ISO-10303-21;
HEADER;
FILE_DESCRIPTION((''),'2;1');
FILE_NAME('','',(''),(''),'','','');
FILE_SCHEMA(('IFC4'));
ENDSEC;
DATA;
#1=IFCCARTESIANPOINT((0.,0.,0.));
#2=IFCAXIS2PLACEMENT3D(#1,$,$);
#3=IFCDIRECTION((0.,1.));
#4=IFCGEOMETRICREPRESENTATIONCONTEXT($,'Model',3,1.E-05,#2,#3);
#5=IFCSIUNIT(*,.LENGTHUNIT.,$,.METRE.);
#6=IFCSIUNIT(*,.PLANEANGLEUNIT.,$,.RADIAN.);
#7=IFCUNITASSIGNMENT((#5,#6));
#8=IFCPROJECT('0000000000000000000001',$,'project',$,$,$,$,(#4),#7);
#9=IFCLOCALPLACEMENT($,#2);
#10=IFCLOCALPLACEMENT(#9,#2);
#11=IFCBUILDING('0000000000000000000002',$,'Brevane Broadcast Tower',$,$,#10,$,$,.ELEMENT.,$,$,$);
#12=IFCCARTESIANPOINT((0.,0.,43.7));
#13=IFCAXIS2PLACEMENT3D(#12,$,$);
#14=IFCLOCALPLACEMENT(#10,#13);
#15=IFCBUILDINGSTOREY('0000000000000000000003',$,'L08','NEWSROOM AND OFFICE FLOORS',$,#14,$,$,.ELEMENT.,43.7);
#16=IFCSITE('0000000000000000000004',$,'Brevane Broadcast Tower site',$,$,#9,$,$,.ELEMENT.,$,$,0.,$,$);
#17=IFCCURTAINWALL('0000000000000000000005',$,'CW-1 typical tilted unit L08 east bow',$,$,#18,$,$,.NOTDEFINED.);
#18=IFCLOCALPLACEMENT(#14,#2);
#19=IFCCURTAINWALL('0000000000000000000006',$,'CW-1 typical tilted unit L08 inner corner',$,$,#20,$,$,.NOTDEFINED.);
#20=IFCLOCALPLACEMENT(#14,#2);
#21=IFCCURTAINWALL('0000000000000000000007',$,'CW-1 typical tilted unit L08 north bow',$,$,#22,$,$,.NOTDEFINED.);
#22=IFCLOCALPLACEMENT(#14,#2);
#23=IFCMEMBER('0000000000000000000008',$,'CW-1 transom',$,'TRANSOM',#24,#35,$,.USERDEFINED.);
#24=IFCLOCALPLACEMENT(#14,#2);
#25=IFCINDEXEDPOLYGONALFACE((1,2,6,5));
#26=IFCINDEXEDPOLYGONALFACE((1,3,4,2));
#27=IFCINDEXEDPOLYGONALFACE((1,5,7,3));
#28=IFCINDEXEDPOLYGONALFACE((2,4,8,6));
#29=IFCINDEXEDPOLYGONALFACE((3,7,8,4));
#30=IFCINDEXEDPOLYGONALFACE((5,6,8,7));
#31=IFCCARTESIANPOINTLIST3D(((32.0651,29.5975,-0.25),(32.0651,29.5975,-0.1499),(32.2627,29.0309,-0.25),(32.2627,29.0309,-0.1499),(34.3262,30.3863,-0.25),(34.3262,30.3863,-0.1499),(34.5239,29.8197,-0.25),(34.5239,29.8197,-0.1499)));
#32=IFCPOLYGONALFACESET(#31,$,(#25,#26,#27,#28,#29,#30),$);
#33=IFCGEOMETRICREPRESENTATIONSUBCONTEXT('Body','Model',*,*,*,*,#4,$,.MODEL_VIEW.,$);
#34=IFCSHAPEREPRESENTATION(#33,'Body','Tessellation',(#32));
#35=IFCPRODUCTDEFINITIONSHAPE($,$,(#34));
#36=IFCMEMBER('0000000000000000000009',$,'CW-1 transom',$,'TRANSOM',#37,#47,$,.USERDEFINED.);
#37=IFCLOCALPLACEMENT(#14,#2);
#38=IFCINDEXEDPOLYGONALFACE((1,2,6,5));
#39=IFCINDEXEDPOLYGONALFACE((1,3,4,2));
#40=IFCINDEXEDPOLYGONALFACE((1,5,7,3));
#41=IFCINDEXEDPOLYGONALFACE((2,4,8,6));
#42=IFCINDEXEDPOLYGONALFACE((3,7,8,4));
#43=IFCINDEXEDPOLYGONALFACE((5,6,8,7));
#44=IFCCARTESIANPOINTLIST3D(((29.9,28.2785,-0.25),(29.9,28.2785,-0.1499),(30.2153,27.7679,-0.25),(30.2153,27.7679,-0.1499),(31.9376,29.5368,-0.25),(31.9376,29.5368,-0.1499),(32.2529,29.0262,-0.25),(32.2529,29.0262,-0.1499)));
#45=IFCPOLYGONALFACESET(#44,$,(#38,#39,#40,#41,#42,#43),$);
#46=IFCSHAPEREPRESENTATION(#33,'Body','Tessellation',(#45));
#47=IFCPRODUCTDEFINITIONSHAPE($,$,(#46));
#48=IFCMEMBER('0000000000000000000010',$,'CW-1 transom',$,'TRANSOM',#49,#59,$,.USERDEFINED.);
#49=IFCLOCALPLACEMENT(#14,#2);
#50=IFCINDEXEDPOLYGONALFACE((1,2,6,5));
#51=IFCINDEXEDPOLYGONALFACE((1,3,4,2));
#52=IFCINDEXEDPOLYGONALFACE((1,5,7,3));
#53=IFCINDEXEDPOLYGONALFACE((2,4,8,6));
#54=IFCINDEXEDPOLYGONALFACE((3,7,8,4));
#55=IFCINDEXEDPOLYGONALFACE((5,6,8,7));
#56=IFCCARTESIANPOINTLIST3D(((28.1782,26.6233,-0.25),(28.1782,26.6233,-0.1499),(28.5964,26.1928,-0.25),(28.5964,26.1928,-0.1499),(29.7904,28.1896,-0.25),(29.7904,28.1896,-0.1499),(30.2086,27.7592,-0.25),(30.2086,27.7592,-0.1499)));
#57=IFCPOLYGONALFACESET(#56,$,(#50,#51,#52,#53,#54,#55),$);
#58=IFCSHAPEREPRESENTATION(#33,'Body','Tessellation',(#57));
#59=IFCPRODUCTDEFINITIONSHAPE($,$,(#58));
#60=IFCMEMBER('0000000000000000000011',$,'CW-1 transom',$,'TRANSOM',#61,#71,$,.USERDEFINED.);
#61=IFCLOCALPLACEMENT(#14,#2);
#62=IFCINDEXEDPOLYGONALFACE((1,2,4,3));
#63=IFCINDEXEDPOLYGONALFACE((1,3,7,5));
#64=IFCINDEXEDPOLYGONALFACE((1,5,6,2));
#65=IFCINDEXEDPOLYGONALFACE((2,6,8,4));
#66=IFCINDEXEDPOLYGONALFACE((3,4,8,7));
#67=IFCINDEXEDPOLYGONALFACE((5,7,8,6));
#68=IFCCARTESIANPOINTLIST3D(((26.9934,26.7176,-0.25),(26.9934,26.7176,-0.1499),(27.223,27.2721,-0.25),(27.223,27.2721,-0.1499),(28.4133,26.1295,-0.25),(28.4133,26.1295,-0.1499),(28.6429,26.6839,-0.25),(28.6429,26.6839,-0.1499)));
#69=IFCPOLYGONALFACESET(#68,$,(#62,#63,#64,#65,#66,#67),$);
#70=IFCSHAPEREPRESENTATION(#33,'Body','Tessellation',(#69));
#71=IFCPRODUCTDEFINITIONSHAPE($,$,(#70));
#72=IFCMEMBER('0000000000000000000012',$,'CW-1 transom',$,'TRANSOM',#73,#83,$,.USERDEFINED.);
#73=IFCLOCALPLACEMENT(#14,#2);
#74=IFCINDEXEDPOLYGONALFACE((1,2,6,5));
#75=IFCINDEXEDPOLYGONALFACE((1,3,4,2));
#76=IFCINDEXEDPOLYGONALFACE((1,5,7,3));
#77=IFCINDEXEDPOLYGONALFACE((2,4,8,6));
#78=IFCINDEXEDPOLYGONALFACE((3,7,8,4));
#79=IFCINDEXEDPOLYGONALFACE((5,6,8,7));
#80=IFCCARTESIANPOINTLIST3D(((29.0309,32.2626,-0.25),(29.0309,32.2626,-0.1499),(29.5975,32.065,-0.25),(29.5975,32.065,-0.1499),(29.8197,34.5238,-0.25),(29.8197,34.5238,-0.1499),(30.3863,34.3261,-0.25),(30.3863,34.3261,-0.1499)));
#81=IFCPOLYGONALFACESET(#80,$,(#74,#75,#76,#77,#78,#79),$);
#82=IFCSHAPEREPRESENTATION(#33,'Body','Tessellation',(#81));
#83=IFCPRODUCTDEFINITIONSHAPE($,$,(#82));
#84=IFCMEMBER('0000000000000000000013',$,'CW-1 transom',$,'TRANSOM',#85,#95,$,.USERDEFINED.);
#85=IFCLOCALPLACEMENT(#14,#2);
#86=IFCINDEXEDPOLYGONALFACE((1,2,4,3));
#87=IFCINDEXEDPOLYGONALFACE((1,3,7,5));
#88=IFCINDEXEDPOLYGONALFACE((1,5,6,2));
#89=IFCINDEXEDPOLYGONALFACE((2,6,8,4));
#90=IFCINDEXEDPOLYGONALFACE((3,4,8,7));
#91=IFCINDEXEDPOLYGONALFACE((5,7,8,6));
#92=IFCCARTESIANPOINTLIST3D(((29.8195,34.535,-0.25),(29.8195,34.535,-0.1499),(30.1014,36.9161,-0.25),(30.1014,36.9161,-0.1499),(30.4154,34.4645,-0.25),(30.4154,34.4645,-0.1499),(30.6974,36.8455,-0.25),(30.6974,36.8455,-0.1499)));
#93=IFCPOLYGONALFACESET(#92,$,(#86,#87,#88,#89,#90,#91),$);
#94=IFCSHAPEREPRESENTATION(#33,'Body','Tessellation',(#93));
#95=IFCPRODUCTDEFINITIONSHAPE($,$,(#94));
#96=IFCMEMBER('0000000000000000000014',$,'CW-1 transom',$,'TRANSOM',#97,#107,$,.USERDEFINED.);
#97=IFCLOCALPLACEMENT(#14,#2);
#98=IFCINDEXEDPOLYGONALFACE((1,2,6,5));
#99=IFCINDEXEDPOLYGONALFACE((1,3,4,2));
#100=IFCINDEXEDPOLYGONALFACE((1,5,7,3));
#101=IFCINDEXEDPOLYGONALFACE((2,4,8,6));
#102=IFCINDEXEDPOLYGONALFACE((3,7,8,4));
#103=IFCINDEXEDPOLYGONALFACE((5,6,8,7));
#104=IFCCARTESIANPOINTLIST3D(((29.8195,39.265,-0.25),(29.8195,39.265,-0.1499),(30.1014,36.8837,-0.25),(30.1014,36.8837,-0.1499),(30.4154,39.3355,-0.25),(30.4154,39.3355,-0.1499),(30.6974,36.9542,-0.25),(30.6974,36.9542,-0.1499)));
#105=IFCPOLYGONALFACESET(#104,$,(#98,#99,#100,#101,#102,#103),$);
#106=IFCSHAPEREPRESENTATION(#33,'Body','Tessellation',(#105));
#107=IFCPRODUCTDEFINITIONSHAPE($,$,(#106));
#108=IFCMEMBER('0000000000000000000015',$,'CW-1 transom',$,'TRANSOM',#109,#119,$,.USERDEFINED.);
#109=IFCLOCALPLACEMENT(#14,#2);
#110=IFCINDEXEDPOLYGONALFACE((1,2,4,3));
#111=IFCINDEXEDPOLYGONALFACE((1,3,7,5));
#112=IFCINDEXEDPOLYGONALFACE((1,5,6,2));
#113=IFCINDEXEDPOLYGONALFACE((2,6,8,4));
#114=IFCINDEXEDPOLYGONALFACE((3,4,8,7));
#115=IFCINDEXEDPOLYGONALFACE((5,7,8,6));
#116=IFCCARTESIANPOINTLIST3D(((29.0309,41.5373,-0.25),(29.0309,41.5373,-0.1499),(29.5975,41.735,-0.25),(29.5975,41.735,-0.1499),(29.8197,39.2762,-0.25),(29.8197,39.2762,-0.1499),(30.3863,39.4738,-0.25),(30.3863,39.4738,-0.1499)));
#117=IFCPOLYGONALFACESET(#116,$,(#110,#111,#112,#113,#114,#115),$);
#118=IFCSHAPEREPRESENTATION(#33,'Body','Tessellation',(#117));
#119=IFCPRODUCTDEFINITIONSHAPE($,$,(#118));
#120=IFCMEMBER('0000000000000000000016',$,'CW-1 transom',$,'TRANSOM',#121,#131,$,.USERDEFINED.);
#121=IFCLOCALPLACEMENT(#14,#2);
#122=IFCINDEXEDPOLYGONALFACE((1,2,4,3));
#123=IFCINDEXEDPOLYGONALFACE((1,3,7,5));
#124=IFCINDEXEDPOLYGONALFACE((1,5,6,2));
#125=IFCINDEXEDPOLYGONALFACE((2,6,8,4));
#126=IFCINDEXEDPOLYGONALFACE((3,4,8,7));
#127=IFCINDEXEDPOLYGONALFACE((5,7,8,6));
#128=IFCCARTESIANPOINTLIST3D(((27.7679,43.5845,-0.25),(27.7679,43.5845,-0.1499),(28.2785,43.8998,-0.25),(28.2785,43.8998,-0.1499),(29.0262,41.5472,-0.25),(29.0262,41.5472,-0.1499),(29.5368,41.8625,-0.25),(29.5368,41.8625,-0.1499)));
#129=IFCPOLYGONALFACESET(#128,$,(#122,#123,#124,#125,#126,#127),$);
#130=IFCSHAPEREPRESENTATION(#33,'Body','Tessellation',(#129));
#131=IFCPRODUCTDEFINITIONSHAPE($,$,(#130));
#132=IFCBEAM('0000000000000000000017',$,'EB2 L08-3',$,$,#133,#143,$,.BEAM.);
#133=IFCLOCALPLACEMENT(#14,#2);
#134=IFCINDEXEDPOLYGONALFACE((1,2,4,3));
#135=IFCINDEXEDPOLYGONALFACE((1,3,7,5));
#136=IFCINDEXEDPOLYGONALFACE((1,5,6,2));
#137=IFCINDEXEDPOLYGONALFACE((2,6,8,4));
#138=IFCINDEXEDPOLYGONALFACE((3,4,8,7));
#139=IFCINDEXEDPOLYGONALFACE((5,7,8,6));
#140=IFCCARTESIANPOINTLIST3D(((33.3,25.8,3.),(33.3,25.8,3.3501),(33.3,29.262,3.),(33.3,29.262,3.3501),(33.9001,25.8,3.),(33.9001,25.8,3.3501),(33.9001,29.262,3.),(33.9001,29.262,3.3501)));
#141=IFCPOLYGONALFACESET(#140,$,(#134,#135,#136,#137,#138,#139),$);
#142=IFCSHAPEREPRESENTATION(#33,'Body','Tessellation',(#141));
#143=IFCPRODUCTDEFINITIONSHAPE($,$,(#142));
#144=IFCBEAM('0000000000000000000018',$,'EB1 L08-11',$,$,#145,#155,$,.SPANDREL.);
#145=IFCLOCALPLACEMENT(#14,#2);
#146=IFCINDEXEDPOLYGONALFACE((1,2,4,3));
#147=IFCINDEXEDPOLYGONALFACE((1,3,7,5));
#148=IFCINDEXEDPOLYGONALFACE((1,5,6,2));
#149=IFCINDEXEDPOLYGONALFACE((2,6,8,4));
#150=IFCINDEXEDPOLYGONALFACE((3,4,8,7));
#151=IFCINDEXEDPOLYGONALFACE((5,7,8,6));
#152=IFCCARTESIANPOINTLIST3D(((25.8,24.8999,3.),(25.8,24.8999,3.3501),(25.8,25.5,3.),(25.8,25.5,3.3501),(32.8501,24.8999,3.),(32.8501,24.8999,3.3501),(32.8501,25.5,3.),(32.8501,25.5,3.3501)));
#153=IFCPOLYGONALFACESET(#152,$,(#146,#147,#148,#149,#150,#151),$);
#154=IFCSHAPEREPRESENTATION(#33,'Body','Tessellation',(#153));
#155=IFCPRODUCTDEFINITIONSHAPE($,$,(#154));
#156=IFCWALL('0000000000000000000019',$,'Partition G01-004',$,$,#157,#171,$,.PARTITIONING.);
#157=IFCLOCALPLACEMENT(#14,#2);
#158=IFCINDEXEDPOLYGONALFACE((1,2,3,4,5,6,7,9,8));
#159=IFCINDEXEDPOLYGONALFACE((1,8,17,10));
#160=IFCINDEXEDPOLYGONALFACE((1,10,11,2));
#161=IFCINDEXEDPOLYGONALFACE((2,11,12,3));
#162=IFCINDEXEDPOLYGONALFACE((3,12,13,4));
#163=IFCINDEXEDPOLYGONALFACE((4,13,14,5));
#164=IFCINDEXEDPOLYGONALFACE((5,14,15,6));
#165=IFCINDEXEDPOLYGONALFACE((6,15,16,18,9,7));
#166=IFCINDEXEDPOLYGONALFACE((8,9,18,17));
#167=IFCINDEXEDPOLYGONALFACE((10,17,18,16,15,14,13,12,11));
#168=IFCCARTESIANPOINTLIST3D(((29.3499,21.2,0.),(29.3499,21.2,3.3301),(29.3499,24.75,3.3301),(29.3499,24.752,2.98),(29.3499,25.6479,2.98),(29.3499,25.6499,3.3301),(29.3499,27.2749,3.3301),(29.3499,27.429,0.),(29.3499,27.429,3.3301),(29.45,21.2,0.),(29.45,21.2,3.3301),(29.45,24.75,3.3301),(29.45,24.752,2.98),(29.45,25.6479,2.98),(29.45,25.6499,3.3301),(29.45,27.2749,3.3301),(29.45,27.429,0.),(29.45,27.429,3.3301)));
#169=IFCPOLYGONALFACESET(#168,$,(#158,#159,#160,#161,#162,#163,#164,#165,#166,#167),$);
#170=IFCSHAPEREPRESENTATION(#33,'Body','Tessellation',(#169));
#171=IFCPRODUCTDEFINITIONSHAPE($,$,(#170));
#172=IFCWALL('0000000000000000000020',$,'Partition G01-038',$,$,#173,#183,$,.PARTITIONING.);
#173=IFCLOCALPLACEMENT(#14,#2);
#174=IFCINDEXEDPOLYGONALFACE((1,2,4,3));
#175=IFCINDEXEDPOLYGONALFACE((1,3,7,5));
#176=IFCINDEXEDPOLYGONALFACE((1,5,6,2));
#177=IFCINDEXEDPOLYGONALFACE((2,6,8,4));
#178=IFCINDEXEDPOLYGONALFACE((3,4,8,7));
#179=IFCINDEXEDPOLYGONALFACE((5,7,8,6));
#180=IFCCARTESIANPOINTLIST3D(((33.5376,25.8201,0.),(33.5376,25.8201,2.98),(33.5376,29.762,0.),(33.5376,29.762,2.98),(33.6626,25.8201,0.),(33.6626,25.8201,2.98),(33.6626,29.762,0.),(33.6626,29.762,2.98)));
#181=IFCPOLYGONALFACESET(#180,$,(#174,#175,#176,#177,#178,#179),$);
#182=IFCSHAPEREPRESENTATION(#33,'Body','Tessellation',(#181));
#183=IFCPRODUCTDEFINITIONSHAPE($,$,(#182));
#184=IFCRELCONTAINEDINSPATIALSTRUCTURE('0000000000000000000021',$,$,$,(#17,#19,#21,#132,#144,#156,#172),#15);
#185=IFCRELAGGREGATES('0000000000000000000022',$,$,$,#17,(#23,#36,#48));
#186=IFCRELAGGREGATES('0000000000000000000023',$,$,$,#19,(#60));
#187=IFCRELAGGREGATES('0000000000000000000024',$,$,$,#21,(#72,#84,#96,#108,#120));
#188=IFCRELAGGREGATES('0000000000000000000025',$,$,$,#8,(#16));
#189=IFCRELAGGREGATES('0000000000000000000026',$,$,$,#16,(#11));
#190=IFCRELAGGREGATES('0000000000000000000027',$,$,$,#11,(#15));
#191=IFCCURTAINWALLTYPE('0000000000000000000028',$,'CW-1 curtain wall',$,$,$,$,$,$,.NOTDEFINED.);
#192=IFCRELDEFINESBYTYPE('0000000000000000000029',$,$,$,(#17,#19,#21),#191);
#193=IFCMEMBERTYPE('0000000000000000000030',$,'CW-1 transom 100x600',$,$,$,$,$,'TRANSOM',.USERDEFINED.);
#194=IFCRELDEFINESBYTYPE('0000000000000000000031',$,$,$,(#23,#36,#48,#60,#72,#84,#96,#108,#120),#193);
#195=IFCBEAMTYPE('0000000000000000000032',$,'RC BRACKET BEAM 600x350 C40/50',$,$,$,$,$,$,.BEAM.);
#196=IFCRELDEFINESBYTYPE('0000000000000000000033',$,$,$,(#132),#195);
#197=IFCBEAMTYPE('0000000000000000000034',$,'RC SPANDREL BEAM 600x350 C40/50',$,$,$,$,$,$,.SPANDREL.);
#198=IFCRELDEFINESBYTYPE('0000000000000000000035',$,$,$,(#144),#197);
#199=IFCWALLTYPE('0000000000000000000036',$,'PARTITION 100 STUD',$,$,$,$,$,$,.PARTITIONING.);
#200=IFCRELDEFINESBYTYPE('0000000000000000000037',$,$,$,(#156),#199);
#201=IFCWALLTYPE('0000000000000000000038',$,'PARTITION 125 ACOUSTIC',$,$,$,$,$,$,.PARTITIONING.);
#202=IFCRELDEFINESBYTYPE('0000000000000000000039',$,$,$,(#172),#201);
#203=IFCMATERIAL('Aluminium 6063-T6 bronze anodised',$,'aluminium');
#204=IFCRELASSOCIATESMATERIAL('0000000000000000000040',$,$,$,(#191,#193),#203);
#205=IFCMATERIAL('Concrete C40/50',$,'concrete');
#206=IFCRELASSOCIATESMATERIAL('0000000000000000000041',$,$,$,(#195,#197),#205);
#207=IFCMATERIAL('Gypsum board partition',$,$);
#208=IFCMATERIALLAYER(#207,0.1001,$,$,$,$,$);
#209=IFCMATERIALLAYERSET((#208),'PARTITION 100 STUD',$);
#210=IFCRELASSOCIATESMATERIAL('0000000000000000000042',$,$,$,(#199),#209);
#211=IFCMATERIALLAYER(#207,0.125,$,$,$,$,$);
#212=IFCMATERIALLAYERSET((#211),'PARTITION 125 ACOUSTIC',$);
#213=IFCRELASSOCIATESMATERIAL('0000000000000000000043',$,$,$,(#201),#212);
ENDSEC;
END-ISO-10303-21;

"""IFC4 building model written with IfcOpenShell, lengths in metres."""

from ifc_helpers import new_model, si_unit, direction, frame, frame_2d, origin, origin_2d, place, context, subcontext, project, spatial, polyline, rectangle, outline, extrude, material, layer, layer_set, material_profile, profile_set, type_object, element, aggregate, save


model = new_model("IFC4")

# Units and contexts
model_context = context("Model", 3, precision=1e-05, world=origin(), true_north=direction((0.0, 1.0)))
body_context = subcontext(model_context, "Body", "Model", "MODEL_VIEW")
ifc_project = project(units=[si_unit("LENGTHUNIT", "METRE"), si_unit("PLANEANGLEUNIT", "RADIAN")], contexts=[model_context])

# Site, building, storey
site_placement = place(None, origin())
site = spatial("IfcSite", under=ifc_project, at=site_placement, Name="Brevane Broadcast Tower site", CompositionType="ELEMENT", RefElevation=0.0)
building_placement = place(site_placement, origin())
building = spatial("IfcBuilding", under=site, at=building_placement, Name="Brevane Broadcast Tower", CompositionType="ELEMENT")
storey_placement = place(building_placement, frame((0.0, 0.0, 43.7)))
storey = spatial("IfcBuildingStorey", under=building, at=storey_placement, Name="L08", Description="NEWSROOM AND OFFICE FLOORS", CompositionType="ELEMENT", Elevation=43.7)

# Curtain wall
ifc_material_1 = material(Name="Aluminium 6063-T6 bronze anodised", Category="aluminium")
curtain_wall_type = type_object("IfcCurtainWallType", Name="CW-1 curtain wall", PredefinedType="NOTDEFINED", material=ifc_material_1)
curtain_wall_1_placement = place(storey_placement, origin())
curtain_wall_1 = element("IfcCurtainWall", 1, at=curtain_wall_1_placement, inside=storey, type_object=curtain_wall_type, Name="CW-1 typical tilted unit L08 east bow", PredefinedType="NOTDEFINED")

# Curtain wall
curtain_wall_2_placement = place(storey_placement, origin())
curtain_wall_2 = element("IfcCurtainWall", 2, at=curtain_wall_2_placement, inside=storey, type_object=curtain_wall_type, Name="CW-1 typical tilted unit L08 inner corner", PredefinedType="NOTDEFINED")

# Curtain wall
curtain_wall_3_placement = place(storey_placement, origin())
curtain_wall_3 = element("IfcCurtainWall", 3, at=curtain_wall_3_placement, inside=storey, type_object=curtain_wall_type, Name="CW-1 typical tilted unit L08 north bow", PredefinedType="NOTDEFINED")

# Members
ifc_material_profile_1 = material_profile(ifc_material_1, rectangle(XDim=0.6001, YDim=0.1001, at=origin_2d()), Name="RECT 100x600")
ifc_profile_set_1 = profile_set([ifc_material_profile_1], Name="Aluminium 6063-T6 bronze anodised")
member_type_1 = type_object("IfcMemberType", Name="CW-1 transom 100x600", ElementType="TRANSOM", PredefinedType="USERDEFINED", material=ifc_profile_set_1)
member_1_placement = place(storey_placement, frame((34.425, 30.103, -0.2), z_axis=(-0.944198, -0.329378, 0.0), x_axis=(0.329378, -0.944198, 0.0)))
member_1 = element("IfcMember", 4, at=member_1_placement, type_object=member_type_1, Name="CW-1 transom", ObjectType="TRANSOM", PredefinedType="USERDEFINED", context=body_context, shape_type="SweptSolid", body=[
    extrude(rectangle(XDim=0.6001, YDim=0.1001, at=origin_2d()), origin(), (0.0, 0.0, 1.0), 2.3948),
])
member_2_placement = place(storey_placement, frame((32.0952, 29.2815, -0.2), z_axis=(-0.850838, -0.525428, 0.0), x_axis=(0.525428, -0.850838, 0.0)))
member_2 = element("IfcMember", 5, at=member_2_placement, type_object=member_type_1, Name="CW-1 transom", ObjectType="TRANSOM", PredefinedType="USERDEFINED", context=body_context, shape_type="SweptSolid", body=[
    extrude(rectangle(XDim=0.6001, YDim=0.1001, at=origin_2d()), origin(), (0.0, 0.0, 1.0), 2.3948),
])
member_3_placement = place(storey_placement, frame((29.9995, 27.9744, -0.2), z_axis=(-0.717242, -0.696824, 0.0), x_axis=(0.696824, -0.717242, 0.0)))
member_3 = element("IfcMember", 6, at=member_3_placement, type_object=member_type_1, Name="CW-1 transom", ObjectType="TRANSOM", PredefinedType="USERDEFINED", context=body_context, shape_type="SweptSolid", body=[
    extrude(rectangle(XDim=0.6001, YDim=0.1001, at=origin_2d()), origin(), (0.0, 0.0, 1.0), 2.2478),
])
aggregate(curtain_wall_1, [member_1, member_2, member_3])
member_4_placement = place(storey_placement, frame((28.5281, 26.4067, -0.2), z_axis=(-0.923883, 0.382674, 0.0), x_axis=(-0.382674, -0.923883, 0.0)))
member_4 = element("IfcMember", 7, at=member_4_placement, type_object=member_type_1, Name="CW-1 transom", ObjectType="TRANSOM", PredefinedType="USERDEFINED", context=body_context, shape_type="SweptSolid", body=[
    extrude(rectangle(XDim=0.6001, YDim=0.1001, at=origin_2d()), origin(), (0.0, 0.0, 1.0), 1.5369),
])
aggregate(curtain_wall_2, [member_4])
member_5_placement = place(storey_placement, frame((29.3142, 32.1638, -0.2), z_axis=(0.329378, 0.944198, 0.0), x_axis=(-0.944198, 0.329378, 0.0)))
member_5 = element("IfcMember", 8, at=member_5_placement, type_object=member_type_1, Name="CW-1 transom", ObjectType="TRANSOM", PredefinedType="USERDEFINED", context=body_context, shape_type="SweptSolid", body=[
    extrude(rectangle(XDim=0.6001, YDim=0.1001, at=origin_2d()), origin(), (0.0, 0.0, 1.0), 2.3948),
])
member_6_placement = place(storey_placement, frame((30.1174, 34.4998, -0.2), z_axis=(0.117603, 0.993061, 0.0), x_axis=(-0.993061, 0.117603, 0.0)))
member_6 = element("IfcMember", 9, at=member_6_placement, type_object=member_type_1, Name="CW-1 transom", ObjectType="TRANSOM", PredefinedType="USERDEFINED", context=body_context, shape_type="SweptSolid", body=[
    extrude(rectangle(XDim=0.6001, YDim=0.1001, at=origin_2d()), origin(), (0.0, 0.0, 1.0), 2.3977),
])
member_7_placement = place(storey_placement, frame((30.3994, 36.9189, -0.2), z_axis=(-0.117591, 0.993062, 0.0), x_axis=(-0.993062, -0.117591, 0.0)))
member_7 = element("IfcMember", 10, at=member_7_placement, type_object=member_type_1, Name="CW-1 transom", ObjectType="TRANSOM", PredefinedType="USERDEFINED", context=body_context, shape_type="SweptSolid", body=[
    extrude(rectangle(XDim=0.6001, YDim=0.1001, at=origin_2d()), origin(), (0.0, 0.0, 1.0), 2.3979),
])
member_8_placement = place(storey_placement, frame((30.103, 39.375, -0.2), z_axis=(-0.329378, 0.944198, 0.0), x_axis=(-0.944198, -0.329378, 0.0)))
member_8 = element("IfcMember", 11, at=member_8_placement, type_object=member_type_1, Name="CW-1 transom", ObjectType="TRANSOM", PredefinedType="USERDEFINED", context=body_context, shape_type="SweptSolid", body=[
    extrude(rectangle(XDim=0.6001, YDim=0.1001, at=origin_2d()), origin(), (0.0, 0.0, 1.0), 2.3948),
])
member_9_placement = place(storey_placement, frame((29.2815, 41.7048, -0.2), z_axis=(-0.525473, 0.85081, 0.0), x_axis=(-0.85081, -0.525473, 0.0)))
member_9 = element("IfcMember", 12, at=member_9_placement, type_object=member_type_1, Name="CW-1 transom", ObjectType="TRANSOM", PredefinedType="USERDEFINED", context=body_context, shape_type="SweptSolid", body=[
    extrude(rectangle(XDim=0.6001, YDim=0.1001, at=origin_2d()), origin(), (0.0, 0.0, 1.0), 2.3945),
])
aggregate(curtain_wall_3, [member_5, member_6, member_7, member_8, member_9])

# Beams
ifc_material_2 = material(Name="Concrete C40/50", Category="concrete")
ifc_material_profile_2 = material_profile(ifc_material_2, rectangle(XDim=0.6001, YDim=0.3501, at=origin_2d()), Name="RC 600x350")
ifc_profile_set_2 = profile_set([ifc_material_profile_2], Name="Concrete C40/50")
beam_type_1 = type_object("IfcBeamType", Name="RC BRACKET BEAM 600x350 C40/50", PredefinedType="BEAM", material=ifc_profile_set_2)
beam_1_placement = place(storey_placement, frame((33.6001, 25.8, 3.175), z_axis=(0.0, 1.0, 0.0), x_axis=(-1.0, 0.0, 0.0)))
element("IfcBeam", 13, at=beam_1_placement, inside=storey, type_object=beam_type_1, Name="EB2 L08-3", PredefinedType="BEAM", context=body_context, shape_type="SweptSolid", body=[
    extrude(rectangle(XDim=0.6001, YDim=0.3501, at=origin_2d()), origin(), (0.0, 0.0, 1.0), 3.4619),
])
ifc_material_profile_3 = material_profile(ifc_material_2, rectangle(XDim=0.6001, YDim=0.3501, at=origin_2d()), Name="RC 600x350")
ifc_profile_set_3 = profile_set([ifc_material_profile_3], Name="Concrete C40/50")
beam_type_2 = type_object("IfcBeamType", Name="RC SPANDREL BEAM 600x350 C40/50", PredefinedType="SPANDREL", material=ifc_profile_set_3)
beam_2_placement = place(storey_placement, frame((32.8501, 25.2, 3.175), z_axis=(-1.0, 0.0, 0.0), x_axis=(0.0, -1.0, 0.0)))
element("IfcBeam", 14, at=beam_2_placement, inside=storey, type_object=beam_type_2, Name="EB1 L08-11", PredefinedType="SPANDREL", context=body_context, shape_type="SweptSolid", body=[
    extrude(rectangle(XDim=0.6001, YDim=0.3501, at=origin_2d()), origin(), (0.0, 0.0, 1.0), 7.05),
])

# Walls
ifc_material_3 = material(Name="Gypsum board partition")
ifc_layer_1 = layer(ifc_material_3, 0.1001)
ifc_layer_set_1 = layer_set([ifc_layer_1], Name="PARTITION 100 STUD")
wall_type_1 = type_object("IfcWallType", Name="PARTITION 100 STUD", PredefinedType="PARTITIONING", material=ifc_layer_set_1)
wall_1_placement = place(storey_placement, frame((29.3999, 27.429, 0.0), z_axis=(0.0, 0.0, 1.0), x_axis=(0.0, -1.0, 0.0)))
element("IfcWall", 15, at=wall_1_placement, inside=storey, type_object=wall_type_1, Name="Partition G01-004", PredefinedType="PARTITIONING", context=body_context, shape_type="SweptSolid", body=[
    extrude(outline(polyline([(0.0, 0.0), (6.229, 0.0), (6.229, 3.3301), (2.679, 3.3301), (2.677, 2.98), (1.781, 2.98), (1.7791, 3.3301), (0.1541, 3.3301), (0.0, 3.3301), (0.0, 0.0)])), frame((0.0, 0.05, 0.0), z_axis=(0.0, -1.0, 0.0), x_axis=(1.0, 0.0, 0.0)), (0.0, 0.0, 1.0), 0.1001),
])
ifc_layer_2 = layer(ifc_material_3, 0.125)
ifc_layer_set_2 = layer_set([ifc_layer_2], Name="PARTITION 125 ACOUSTIC")
wall_type_2 = type_object("IfcWallType", Name="PARTITION 125 ACOUSTIC", PredefinedType="PARTITIONING", material=ifc_layer_set_2)
wall_2_placement = place(storey_placement, frame((33.6001, 29.762, 0.0), z_axis=(0.0, 0.0, 1.0), x_axis=(0.0, -1.0, 0.0)))
element("IfcWall", 16, at=wall_2_placement, inside=storey, type_object=wall_type_2, Name="Partition G01-038", PredefinedType="PARTITIONING", context=body_context, shape_type="SweptSolid", body=[
    extrude(rectangle(XDim=3.9419, YDim=0.125, at=frame_2d((1.9709, 0.0))), origin(), (0.0, 0.0, 1.0), 2.98),
])

save(model, "model.ifc")
